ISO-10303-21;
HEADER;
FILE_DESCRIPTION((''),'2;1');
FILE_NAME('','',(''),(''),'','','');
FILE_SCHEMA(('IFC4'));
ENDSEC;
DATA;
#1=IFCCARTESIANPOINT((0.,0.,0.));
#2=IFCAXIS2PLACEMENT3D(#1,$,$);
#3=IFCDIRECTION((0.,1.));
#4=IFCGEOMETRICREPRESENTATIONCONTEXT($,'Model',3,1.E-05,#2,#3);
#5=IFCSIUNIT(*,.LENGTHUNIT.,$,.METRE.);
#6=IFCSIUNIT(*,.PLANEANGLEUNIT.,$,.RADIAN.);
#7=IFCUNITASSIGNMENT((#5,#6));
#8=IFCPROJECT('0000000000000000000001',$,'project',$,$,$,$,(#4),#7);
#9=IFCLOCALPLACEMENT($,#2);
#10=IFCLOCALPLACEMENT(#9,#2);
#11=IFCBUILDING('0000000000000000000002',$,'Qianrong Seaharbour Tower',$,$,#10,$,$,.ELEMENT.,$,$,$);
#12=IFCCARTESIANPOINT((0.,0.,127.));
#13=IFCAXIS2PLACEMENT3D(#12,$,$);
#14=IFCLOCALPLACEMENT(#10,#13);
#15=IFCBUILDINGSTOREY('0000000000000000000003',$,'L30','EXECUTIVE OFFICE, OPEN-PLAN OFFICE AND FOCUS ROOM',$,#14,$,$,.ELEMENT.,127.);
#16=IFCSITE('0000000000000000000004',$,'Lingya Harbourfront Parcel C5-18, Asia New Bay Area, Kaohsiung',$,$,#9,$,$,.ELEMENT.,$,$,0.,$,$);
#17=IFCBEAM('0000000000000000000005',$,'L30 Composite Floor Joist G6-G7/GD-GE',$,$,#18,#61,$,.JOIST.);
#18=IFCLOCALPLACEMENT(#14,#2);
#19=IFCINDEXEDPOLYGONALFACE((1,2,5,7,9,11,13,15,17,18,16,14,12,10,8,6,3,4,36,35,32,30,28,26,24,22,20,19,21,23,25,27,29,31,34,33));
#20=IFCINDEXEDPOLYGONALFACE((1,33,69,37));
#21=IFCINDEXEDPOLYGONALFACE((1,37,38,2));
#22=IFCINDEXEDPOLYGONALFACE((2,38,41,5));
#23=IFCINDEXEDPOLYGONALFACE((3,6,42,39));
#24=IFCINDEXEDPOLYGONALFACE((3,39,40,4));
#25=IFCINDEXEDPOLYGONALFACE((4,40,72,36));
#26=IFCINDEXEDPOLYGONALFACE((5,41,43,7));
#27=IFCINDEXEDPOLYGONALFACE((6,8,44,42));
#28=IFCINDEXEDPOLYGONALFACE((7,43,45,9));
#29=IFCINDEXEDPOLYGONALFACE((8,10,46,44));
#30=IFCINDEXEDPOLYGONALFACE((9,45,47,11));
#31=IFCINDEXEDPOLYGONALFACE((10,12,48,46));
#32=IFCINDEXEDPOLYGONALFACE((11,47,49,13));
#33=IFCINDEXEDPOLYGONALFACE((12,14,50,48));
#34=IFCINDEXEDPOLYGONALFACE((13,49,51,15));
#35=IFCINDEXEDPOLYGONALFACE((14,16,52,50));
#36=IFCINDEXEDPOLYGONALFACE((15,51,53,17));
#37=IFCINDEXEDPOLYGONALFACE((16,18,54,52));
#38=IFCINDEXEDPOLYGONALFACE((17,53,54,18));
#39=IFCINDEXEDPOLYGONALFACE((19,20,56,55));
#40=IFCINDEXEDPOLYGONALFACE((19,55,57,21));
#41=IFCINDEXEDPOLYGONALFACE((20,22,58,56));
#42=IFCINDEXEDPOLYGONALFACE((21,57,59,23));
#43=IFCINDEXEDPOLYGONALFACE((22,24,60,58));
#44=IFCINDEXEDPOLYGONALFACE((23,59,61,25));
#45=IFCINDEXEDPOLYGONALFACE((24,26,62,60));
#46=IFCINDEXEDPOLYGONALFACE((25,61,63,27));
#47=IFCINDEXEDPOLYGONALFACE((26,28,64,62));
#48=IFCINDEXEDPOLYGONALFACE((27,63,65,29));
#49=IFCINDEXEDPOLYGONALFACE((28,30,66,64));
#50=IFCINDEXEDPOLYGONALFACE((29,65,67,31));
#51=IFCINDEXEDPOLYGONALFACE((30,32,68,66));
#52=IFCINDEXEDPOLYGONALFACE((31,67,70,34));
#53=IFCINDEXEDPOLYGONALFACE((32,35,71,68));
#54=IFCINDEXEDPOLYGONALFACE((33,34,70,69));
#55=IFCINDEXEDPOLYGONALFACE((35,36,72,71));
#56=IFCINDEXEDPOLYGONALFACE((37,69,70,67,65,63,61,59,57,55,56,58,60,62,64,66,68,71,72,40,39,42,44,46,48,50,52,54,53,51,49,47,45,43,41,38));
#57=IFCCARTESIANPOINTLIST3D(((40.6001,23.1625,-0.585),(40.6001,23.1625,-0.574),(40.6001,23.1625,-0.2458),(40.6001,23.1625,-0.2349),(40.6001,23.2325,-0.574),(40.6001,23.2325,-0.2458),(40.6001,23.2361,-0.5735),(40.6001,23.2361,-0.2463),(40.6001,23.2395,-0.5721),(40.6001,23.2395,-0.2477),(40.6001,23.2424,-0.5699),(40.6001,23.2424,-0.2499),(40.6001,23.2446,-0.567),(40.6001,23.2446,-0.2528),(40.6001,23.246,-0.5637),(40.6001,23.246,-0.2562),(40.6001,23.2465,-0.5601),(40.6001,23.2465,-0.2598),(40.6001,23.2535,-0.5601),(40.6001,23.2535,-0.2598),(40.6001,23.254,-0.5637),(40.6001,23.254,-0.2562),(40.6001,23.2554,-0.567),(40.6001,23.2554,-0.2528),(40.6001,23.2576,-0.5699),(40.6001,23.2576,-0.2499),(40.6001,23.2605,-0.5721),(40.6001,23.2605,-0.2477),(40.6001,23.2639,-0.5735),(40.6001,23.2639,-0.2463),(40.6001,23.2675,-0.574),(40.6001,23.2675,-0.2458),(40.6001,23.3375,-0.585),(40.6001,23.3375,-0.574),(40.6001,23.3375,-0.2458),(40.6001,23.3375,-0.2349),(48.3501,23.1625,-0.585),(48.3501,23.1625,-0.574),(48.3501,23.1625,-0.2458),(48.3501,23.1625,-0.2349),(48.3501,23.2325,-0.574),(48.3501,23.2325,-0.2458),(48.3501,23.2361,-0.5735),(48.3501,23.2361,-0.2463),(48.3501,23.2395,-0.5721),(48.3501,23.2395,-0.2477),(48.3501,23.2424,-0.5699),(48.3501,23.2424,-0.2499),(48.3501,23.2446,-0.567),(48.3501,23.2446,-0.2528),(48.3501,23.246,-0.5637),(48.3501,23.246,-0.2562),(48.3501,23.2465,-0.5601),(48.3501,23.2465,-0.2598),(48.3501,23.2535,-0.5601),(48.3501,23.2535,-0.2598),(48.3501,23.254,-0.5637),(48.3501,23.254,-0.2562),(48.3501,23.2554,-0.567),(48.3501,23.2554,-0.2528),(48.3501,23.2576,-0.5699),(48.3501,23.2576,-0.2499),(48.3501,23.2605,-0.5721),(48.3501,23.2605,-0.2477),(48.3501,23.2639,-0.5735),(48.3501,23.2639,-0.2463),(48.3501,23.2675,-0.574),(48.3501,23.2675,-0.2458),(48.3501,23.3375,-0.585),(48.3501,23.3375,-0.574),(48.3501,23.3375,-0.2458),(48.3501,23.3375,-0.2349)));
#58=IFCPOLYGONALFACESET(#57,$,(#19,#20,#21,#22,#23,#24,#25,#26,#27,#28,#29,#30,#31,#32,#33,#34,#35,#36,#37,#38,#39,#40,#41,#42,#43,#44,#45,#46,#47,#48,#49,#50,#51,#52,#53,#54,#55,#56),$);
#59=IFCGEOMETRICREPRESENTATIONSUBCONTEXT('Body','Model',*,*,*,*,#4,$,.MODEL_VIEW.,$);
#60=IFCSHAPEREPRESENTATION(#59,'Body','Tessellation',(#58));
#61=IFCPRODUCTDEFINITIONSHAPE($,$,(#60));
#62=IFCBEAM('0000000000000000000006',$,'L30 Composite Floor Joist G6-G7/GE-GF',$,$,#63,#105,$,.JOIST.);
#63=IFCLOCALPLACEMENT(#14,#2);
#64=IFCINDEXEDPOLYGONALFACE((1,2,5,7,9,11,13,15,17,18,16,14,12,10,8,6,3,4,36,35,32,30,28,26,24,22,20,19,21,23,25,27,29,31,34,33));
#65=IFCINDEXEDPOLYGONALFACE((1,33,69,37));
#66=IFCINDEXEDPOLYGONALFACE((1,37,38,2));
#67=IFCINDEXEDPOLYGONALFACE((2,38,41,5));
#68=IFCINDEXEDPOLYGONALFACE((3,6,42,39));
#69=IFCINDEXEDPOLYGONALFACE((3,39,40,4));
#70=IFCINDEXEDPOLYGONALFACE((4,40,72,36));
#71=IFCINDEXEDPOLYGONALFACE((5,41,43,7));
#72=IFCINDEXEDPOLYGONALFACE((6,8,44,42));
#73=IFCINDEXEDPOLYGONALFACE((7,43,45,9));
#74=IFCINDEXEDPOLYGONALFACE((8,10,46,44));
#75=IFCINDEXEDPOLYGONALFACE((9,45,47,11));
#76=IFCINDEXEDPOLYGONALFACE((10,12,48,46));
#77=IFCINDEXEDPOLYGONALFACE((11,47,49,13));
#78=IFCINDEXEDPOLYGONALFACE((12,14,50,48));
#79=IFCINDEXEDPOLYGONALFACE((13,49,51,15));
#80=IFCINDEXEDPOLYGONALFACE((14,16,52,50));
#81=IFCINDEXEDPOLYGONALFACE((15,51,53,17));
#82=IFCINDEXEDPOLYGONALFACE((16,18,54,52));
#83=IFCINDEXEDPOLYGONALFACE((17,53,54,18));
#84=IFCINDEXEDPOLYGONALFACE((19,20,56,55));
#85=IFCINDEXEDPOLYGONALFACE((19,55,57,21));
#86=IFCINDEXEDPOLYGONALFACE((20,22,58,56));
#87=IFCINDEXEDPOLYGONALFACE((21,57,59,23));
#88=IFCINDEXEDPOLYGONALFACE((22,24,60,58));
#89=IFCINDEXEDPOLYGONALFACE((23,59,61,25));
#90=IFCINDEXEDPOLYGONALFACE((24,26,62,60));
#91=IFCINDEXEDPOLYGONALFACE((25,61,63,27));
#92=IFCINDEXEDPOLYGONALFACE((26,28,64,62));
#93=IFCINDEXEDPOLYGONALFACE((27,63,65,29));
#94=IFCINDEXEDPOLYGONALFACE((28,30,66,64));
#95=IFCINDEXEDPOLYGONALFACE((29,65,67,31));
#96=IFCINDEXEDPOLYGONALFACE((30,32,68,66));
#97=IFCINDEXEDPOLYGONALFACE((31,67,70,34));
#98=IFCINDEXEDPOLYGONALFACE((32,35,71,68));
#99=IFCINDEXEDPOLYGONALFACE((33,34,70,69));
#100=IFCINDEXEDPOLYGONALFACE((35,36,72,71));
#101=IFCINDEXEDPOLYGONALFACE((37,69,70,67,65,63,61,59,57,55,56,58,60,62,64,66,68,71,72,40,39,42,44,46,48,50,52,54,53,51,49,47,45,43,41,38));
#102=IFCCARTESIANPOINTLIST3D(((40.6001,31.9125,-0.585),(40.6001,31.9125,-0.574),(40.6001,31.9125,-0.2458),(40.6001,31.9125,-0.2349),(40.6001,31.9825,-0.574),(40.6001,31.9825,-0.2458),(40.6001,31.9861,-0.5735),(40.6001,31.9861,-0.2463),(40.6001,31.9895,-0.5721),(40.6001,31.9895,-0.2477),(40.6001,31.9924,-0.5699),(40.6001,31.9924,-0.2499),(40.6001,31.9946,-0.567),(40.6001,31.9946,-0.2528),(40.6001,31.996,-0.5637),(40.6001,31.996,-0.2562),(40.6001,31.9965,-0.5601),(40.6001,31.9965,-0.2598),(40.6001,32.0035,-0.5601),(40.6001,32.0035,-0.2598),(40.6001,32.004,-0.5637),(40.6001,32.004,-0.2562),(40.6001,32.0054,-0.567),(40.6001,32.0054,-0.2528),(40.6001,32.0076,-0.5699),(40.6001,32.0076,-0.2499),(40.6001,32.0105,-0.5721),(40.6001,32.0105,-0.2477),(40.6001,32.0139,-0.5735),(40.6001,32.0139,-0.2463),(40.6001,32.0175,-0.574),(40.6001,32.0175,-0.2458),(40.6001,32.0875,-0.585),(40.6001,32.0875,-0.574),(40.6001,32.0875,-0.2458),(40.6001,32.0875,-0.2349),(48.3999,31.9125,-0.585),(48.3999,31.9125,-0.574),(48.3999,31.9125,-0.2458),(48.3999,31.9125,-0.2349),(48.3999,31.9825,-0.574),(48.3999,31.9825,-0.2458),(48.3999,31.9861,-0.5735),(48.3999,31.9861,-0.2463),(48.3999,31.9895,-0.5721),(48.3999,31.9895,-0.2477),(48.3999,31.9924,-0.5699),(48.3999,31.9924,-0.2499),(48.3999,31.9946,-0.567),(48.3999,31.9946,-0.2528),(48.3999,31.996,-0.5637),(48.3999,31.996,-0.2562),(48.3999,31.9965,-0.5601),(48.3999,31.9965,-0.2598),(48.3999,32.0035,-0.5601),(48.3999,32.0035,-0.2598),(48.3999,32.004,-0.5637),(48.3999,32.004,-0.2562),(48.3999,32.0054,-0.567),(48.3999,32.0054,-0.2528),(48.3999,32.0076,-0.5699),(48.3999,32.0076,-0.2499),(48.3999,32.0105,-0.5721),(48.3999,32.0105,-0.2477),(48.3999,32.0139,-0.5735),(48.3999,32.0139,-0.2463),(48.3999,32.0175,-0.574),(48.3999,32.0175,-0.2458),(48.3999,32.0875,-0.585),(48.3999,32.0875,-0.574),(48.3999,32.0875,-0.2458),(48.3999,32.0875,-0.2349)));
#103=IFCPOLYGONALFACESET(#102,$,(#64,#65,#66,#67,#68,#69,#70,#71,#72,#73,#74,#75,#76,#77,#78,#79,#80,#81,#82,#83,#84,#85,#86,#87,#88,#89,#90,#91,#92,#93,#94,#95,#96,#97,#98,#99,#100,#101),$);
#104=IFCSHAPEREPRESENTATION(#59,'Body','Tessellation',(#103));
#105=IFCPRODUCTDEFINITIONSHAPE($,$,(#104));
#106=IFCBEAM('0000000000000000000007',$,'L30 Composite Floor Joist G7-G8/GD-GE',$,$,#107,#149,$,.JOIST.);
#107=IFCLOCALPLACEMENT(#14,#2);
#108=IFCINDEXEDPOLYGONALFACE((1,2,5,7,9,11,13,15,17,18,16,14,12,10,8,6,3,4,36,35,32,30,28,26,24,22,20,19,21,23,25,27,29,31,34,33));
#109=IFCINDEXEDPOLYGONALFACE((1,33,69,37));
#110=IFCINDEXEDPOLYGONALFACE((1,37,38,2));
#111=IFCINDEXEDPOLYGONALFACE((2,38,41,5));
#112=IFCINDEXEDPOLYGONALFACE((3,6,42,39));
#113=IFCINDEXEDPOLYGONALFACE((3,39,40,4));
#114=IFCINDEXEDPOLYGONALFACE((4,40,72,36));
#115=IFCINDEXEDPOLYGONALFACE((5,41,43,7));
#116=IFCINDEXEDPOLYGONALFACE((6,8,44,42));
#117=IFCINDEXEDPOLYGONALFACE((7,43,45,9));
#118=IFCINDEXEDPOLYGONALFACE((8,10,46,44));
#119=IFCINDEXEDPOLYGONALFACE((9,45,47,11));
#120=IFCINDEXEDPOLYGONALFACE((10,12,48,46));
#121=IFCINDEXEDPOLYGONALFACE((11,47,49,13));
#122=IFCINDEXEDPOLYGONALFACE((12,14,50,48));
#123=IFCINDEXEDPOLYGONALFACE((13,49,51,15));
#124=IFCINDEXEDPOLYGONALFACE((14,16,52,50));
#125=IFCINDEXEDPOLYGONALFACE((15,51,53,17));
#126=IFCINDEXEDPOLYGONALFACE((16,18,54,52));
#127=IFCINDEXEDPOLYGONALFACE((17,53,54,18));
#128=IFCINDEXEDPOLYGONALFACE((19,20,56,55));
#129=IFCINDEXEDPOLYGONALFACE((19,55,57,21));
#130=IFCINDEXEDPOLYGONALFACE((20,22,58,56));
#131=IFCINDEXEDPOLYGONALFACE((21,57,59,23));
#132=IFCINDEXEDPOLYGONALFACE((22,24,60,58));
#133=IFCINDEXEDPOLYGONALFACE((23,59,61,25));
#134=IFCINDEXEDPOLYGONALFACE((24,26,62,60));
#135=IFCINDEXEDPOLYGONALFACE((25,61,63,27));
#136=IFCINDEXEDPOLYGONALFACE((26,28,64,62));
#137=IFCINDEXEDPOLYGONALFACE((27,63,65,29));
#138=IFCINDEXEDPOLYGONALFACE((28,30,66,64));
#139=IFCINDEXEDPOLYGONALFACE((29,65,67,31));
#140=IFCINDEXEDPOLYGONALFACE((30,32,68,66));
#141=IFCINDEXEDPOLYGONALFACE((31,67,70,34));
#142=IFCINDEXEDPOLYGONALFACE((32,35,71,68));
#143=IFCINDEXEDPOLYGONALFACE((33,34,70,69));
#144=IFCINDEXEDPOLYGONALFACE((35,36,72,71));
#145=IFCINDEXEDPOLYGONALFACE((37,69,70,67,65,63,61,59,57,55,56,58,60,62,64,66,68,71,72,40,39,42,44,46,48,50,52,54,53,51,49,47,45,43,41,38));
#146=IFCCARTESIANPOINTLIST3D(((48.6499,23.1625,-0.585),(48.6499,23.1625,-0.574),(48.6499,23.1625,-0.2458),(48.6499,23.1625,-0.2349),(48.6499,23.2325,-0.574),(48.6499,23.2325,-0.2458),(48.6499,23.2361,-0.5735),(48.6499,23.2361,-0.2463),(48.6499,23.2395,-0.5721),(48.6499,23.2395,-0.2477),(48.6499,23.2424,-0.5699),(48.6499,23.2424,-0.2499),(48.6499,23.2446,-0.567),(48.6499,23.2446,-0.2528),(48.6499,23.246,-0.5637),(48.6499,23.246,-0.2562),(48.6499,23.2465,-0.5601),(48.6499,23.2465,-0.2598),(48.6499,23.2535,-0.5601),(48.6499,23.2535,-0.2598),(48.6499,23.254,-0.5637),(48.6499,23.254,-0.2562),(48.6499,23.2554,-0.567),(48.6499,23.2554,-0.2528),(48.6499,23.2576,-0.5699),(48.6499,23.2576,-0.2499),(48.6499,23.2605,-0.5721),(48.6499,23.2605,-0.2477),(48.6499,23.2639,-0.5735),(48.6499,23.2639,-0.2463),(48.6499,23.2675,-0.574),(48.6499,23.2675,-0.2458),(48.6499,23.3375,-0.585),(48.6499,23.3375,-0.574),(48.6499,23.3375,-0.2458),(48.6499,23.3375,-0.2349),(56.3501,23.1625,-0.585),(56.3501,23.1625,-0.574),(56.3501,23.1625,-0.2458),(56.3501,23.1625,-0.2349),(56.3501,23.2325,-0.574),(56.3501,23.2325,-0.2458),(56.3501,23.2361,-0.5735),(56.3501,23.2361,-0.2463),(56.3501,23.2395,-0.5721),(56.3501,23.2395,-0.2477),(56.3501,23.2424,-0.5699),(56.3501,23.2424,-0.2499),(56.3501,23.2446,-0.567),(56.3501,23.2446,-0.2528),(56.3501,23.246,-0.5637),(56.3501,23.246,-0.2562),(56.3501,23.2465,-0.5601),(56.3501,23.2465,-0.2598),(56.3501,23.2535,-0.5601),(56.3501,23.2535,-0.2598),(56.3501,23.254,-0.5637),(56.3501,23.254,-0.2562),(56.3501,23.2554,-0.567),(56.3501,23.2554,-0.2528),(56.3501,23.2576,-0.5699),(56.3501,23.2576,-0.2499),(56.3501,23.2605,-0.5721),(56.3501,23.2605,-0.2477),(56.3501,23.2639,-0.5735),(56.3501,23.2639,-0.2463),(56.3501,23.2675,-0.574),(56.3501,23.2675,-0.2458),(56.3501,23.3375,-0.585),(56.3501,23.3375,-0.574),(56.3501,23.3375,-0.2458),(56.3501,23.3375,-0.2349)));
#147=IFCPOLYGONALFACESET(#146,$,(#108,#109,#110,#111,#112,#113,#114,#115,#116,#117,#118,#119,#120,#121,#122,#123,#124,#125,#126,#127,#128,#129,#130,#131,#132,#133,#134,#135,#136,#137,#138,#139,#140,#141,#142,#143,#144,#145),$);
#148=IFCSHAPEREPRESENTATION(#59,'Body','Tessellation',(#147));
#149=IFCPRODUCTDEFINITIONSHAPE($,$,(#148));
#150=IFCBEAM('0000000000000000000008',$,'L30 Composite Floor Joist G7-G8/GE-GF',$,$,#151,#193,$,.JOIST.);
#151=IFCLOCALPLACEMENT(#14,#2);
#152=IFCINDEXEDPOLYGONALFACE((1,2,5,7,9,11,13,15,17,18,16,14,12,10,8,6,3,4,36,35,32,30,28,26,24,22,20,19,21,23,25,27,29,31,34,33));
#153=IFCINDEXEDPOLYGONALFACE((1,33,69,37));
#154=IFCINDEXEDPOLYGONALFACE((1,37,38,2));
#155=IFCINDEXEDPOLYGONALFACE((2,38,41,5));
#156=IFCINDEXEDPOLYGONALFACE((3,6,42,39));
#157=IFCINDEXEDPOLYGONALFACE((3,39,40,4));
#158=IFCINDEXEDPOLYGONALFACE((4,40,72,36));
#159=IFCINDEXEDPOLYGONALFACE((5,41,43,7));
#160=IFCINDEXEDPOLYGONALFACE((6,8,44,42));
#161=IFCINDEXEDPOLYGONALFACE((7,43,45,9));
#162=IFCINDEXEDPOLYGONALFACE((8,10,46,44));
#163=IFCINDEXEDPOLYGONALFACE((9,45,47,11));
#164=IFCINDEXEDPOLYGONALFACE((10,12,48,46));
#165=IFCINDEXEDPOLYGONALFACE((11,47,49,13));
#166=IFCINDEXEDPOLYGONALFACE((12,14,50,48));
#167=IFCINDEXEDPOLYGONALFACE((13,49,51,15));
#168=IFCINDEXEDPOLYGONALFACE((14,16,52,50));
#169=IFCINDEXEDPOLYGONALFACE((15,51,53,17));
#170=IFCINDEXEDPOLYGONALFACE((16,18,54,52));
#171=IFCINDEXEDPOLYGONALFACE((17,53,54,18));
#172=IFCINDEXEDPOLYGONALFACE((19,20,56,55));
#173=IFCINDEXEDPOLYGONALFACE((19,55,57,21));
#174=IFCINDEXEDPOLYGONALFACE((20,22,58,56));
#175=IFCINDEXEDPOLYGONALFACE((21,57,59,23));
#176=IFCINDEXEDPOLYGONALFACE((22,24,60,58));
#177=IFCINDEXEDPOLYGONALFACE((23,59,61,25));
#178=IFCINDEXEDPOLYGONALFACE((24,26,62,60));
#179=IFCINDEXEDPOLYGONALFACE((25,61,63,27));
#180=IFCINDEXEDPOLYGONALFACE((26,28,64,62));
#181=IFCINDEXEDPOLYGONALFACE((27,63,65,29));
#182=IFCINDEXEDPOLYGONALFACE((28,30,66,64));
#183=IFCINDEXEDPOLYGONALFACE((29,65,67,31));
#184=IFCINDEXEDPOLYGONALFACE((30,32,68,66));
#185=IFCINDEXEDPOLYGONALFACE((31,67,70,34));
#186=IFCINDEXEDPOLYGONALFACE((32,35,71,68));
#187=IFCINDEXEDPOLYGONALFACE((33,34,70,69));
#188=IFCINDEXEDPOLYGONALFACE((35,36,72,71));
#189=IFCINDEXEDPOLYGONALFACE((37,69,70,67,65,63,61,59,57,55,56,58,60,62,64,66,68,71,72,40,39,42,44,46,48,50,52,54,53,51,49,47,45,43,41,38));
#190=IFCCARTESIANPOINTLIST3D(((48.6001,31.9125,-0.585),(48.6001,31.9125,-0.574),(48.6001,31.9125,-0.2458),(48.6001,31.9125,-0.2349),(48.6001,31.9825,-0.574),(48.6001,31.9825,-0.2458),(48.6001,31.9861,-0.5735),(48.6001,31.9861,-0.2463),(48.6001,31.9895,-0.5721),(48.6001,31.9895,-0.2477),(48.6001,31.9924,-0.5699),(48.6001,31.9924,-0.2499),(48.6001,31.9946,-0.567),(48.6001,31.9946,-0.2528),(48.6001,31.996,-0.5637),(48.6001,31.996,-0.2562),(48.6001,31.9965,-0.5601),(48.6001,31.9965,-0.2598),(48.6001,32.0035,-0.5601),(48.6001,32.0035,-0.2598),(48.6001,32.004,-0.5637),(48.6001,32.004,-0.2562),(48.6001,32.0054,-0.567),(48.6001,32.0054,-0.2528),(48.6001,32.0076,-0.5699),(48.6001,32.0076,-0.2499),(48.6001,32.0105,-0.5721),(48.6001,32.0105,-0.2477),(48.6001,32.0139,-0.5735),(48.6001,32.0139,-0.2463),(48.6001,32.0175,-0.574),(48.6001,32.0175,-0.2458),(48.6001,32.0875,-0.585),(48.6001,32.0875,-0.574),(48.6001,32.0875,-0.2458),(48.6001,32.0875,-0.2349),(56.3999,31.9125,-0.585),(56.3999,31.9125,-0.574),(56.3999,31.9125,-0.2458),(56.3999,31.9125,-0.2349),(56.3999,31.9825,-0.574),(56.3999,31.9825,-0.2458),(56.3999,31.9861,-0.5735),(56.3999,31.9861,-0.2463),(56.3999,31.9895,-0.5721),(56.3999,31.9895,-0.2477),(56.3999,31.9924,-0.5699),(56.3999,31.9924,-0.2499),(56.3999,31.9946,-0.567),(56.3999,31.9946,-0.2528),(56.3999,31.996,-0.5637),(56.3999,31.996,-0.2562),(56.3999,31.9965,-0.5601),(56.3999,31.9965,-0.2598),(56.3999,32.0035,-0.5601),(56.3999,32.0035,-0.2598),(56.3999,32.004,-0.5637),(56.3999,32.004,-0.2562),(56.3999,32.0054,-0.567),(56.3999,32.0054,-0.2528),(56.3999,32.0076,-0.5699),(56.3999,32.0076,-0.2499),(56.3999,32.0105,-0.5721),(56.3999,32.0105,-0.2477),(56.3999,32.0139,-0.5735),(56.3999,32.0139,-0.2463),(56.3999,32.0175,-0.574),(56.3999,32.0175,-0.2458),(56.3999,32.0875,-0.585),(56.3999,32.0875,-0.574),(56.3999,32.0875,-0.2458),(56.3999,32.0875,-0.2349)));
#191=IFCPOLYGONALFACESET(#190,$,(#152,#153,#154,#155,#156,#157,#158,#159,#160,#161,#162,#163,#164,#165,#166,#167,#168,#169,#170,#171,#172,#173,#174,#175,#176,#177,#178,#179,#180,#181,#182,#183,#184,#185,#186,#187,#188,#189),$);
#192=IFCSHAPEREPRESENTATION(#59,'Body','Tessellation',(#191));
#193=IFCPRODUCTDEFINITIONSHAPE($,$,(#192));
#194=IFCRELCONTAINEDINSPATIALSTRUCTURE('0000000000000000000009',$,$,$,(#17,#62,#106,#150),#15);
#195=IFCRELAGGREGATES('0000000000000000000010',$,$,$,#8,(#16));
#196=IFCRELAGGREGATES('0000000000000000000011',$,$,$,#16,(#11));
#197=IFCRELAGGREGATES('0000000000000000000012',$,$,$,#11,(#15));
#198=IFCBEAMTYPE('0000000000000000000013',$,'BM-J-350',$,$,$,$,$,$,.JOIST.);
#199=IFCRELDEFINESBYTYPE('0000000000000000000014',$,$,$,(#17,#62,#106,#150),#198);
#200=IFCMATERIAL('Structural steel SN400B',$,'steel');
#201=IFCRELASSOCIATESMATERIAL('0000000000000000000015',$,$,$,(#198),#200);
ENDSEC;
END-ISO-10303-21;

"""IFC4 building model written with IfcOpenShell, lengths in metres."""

from ifc_helpers import new_model, si_unit, direction, frame, origin, origin_2d, place, context, subcontext, project, spatial, i_section, extrude, material, material_profile, profile_set, type_object, element, save


model = new_model("IFC4")

# Units and contexts
model_context = context("Model", 3, precision=1e-05, world=origin(), true_north=direction((0.0, 1.0)))
body_context = subcontext(model_context, "Body", "Model", "MODEL_VIEW")
ifc_project = project(units=[si_unit("LENGTHUNIT", "METRE"), si_unit("PLANEANGLEUNIT", "RADIAN")], contexts=[model_context])

# Site, building, storey
site_placement = place(None, origin())
site = spatial("IfcSite", under=ifc_project, at=site_placement, Name="Lingya Harbourfront Parcel C5-18, Asia New Bay Area, Kaohsiung", CompositionType="ELEMENT", RefElevation=0.0)
building_placement = place(site_placement, origin())
building = spatial("IfcBuilding", under=site, at=building_placement, Name="Qianrong Seaharbour Tower", CompositionType="ELEMENT")
storey_placement = place(building_placement, frame((0.0, 0.0, 127.0)))
storey = spatial("IfcBuildingStorey", under=building, at=storey_placement, Name="L30", Description="EXECUTIVE OFFICE, OPEN-PLAN OFFICE AND FOCUS ROOM", CompositionType="ELEMENT", Elevation=127.0)

# Beams
ifc_material_1 = material(Name="Structural steel SN400B", Category="steel")
ifc_material_profile_1 = material_profile(ifc_material_1, i_section(OverallWidth=0.175, OverallDepth=0.3501, WebThickness=0.0071, FlangeThickness=0.011, FilletRadius=0.0139, at=origin_2d()), Name="H350x175x7x11")
ifc_profile_set_1 = profile_set([ifc_material_profile_1], Name="Structural steel SN400B")
beam_type_1 = type_object("IfcBeamType", Name="BM-J-350", PredefinedType="JOIST", material=ifc_profile_set_1)
beam_1_placement = place(storey_placement, frame((40.6001, 23.25, -0.4099), z_axis=(1.0, 0.0, 0.0), x_axis=(0.0, 1.0, 0.0)))
element("IfcBeam", 1, at=beam_1_placement, inside=storey, type_object=beam_type_1, Name="L30 Composite Floor Joist G6-G7/GD-GE", PredefinedType="JOIST", context=body_context, shape_type="SweptSolid", body=[
    extrude(i_section(OverallWidth=0.175, OverallDepth=0.3501, WebThickness=0.0071, FlangeThickness=0.011, FilletRadius=0.0139, at=origin_2d()), origin(), (0.0, 0.0, 1.0), 7.75),
])
beam_2_placement = place(storey_placement, frame((40.6001, 32.0, -0.4099), z_axis=(1.0, 0.0, 0.0), x_axis=(0.0, 1.0, 0.0)))
element("IfcBeam", 2, at=beam_2_placement, inside=storey, type_object=beam_type_1, Name="L30 Composite Floor Joist G6-G7/GE-GF", PredefinedType="JOIST", context=body_context, shape_type="SweptSolid", body=[
    extrude(i_section(OverallWidth=0.175, OverallDepth=0.3501, WebThickness=0.0071, FlangeThickness=0.011, FilletRadius=0.0139, at=origin_2d()), origin(), (0.0, 0.0, 1.0), 7.7998),
])
beam_3_placement = place(storey_placement, frame((48.6499, 23.25, -0.4099), z_axis=(1.0, 0.0, 0.0), x_axis=(0.0, 1.0, 0.0)))
element("IfcBeam", 3, at=beam_3_placement, inside=storey, type_object=beam_type_1, Name="L30 Composite Floor Joist G7-G8/GD-GE", PredefinedType="JOIST", context=body_context, shape_type="SweptSolid", body=[
    extrude(i_section(OverallWidth=0.175, OverallDepth=0.3501, WebThickness=0.0071, FlangeThickness=0.011, FilletRadius=0.0139, at=origin_2d()), origin(), (0.0, 0.0, 1.0), 7.7002),
])
beam_4_placement = place(storey_placement, frame((48.6001, 32.0, -0.4099), z_axis=(1.0, 0.0, 0.0), x_axis=(0.0, 1.0, 0.0)))
element("IfcBeam", 4, at=beam_4_placement, inside=storey, type_object=beam_type_1, Name="L30 Composite Floor Joist G7-G8/GE-GF", PredefinedType="JOIST", context=body_context, shape_type="SweptSolid", body=[
    extrude(i_section(OverallWidth=0.175, OverallDepth=0.3501, WebThickness=0.0071, FlangeThickness=0.011, FilletRadius=0.0139, at=origin_2d()), origin(), (0.0, 0.0, 1.0), 7.7998),
])

save(model, "model.ifc")
